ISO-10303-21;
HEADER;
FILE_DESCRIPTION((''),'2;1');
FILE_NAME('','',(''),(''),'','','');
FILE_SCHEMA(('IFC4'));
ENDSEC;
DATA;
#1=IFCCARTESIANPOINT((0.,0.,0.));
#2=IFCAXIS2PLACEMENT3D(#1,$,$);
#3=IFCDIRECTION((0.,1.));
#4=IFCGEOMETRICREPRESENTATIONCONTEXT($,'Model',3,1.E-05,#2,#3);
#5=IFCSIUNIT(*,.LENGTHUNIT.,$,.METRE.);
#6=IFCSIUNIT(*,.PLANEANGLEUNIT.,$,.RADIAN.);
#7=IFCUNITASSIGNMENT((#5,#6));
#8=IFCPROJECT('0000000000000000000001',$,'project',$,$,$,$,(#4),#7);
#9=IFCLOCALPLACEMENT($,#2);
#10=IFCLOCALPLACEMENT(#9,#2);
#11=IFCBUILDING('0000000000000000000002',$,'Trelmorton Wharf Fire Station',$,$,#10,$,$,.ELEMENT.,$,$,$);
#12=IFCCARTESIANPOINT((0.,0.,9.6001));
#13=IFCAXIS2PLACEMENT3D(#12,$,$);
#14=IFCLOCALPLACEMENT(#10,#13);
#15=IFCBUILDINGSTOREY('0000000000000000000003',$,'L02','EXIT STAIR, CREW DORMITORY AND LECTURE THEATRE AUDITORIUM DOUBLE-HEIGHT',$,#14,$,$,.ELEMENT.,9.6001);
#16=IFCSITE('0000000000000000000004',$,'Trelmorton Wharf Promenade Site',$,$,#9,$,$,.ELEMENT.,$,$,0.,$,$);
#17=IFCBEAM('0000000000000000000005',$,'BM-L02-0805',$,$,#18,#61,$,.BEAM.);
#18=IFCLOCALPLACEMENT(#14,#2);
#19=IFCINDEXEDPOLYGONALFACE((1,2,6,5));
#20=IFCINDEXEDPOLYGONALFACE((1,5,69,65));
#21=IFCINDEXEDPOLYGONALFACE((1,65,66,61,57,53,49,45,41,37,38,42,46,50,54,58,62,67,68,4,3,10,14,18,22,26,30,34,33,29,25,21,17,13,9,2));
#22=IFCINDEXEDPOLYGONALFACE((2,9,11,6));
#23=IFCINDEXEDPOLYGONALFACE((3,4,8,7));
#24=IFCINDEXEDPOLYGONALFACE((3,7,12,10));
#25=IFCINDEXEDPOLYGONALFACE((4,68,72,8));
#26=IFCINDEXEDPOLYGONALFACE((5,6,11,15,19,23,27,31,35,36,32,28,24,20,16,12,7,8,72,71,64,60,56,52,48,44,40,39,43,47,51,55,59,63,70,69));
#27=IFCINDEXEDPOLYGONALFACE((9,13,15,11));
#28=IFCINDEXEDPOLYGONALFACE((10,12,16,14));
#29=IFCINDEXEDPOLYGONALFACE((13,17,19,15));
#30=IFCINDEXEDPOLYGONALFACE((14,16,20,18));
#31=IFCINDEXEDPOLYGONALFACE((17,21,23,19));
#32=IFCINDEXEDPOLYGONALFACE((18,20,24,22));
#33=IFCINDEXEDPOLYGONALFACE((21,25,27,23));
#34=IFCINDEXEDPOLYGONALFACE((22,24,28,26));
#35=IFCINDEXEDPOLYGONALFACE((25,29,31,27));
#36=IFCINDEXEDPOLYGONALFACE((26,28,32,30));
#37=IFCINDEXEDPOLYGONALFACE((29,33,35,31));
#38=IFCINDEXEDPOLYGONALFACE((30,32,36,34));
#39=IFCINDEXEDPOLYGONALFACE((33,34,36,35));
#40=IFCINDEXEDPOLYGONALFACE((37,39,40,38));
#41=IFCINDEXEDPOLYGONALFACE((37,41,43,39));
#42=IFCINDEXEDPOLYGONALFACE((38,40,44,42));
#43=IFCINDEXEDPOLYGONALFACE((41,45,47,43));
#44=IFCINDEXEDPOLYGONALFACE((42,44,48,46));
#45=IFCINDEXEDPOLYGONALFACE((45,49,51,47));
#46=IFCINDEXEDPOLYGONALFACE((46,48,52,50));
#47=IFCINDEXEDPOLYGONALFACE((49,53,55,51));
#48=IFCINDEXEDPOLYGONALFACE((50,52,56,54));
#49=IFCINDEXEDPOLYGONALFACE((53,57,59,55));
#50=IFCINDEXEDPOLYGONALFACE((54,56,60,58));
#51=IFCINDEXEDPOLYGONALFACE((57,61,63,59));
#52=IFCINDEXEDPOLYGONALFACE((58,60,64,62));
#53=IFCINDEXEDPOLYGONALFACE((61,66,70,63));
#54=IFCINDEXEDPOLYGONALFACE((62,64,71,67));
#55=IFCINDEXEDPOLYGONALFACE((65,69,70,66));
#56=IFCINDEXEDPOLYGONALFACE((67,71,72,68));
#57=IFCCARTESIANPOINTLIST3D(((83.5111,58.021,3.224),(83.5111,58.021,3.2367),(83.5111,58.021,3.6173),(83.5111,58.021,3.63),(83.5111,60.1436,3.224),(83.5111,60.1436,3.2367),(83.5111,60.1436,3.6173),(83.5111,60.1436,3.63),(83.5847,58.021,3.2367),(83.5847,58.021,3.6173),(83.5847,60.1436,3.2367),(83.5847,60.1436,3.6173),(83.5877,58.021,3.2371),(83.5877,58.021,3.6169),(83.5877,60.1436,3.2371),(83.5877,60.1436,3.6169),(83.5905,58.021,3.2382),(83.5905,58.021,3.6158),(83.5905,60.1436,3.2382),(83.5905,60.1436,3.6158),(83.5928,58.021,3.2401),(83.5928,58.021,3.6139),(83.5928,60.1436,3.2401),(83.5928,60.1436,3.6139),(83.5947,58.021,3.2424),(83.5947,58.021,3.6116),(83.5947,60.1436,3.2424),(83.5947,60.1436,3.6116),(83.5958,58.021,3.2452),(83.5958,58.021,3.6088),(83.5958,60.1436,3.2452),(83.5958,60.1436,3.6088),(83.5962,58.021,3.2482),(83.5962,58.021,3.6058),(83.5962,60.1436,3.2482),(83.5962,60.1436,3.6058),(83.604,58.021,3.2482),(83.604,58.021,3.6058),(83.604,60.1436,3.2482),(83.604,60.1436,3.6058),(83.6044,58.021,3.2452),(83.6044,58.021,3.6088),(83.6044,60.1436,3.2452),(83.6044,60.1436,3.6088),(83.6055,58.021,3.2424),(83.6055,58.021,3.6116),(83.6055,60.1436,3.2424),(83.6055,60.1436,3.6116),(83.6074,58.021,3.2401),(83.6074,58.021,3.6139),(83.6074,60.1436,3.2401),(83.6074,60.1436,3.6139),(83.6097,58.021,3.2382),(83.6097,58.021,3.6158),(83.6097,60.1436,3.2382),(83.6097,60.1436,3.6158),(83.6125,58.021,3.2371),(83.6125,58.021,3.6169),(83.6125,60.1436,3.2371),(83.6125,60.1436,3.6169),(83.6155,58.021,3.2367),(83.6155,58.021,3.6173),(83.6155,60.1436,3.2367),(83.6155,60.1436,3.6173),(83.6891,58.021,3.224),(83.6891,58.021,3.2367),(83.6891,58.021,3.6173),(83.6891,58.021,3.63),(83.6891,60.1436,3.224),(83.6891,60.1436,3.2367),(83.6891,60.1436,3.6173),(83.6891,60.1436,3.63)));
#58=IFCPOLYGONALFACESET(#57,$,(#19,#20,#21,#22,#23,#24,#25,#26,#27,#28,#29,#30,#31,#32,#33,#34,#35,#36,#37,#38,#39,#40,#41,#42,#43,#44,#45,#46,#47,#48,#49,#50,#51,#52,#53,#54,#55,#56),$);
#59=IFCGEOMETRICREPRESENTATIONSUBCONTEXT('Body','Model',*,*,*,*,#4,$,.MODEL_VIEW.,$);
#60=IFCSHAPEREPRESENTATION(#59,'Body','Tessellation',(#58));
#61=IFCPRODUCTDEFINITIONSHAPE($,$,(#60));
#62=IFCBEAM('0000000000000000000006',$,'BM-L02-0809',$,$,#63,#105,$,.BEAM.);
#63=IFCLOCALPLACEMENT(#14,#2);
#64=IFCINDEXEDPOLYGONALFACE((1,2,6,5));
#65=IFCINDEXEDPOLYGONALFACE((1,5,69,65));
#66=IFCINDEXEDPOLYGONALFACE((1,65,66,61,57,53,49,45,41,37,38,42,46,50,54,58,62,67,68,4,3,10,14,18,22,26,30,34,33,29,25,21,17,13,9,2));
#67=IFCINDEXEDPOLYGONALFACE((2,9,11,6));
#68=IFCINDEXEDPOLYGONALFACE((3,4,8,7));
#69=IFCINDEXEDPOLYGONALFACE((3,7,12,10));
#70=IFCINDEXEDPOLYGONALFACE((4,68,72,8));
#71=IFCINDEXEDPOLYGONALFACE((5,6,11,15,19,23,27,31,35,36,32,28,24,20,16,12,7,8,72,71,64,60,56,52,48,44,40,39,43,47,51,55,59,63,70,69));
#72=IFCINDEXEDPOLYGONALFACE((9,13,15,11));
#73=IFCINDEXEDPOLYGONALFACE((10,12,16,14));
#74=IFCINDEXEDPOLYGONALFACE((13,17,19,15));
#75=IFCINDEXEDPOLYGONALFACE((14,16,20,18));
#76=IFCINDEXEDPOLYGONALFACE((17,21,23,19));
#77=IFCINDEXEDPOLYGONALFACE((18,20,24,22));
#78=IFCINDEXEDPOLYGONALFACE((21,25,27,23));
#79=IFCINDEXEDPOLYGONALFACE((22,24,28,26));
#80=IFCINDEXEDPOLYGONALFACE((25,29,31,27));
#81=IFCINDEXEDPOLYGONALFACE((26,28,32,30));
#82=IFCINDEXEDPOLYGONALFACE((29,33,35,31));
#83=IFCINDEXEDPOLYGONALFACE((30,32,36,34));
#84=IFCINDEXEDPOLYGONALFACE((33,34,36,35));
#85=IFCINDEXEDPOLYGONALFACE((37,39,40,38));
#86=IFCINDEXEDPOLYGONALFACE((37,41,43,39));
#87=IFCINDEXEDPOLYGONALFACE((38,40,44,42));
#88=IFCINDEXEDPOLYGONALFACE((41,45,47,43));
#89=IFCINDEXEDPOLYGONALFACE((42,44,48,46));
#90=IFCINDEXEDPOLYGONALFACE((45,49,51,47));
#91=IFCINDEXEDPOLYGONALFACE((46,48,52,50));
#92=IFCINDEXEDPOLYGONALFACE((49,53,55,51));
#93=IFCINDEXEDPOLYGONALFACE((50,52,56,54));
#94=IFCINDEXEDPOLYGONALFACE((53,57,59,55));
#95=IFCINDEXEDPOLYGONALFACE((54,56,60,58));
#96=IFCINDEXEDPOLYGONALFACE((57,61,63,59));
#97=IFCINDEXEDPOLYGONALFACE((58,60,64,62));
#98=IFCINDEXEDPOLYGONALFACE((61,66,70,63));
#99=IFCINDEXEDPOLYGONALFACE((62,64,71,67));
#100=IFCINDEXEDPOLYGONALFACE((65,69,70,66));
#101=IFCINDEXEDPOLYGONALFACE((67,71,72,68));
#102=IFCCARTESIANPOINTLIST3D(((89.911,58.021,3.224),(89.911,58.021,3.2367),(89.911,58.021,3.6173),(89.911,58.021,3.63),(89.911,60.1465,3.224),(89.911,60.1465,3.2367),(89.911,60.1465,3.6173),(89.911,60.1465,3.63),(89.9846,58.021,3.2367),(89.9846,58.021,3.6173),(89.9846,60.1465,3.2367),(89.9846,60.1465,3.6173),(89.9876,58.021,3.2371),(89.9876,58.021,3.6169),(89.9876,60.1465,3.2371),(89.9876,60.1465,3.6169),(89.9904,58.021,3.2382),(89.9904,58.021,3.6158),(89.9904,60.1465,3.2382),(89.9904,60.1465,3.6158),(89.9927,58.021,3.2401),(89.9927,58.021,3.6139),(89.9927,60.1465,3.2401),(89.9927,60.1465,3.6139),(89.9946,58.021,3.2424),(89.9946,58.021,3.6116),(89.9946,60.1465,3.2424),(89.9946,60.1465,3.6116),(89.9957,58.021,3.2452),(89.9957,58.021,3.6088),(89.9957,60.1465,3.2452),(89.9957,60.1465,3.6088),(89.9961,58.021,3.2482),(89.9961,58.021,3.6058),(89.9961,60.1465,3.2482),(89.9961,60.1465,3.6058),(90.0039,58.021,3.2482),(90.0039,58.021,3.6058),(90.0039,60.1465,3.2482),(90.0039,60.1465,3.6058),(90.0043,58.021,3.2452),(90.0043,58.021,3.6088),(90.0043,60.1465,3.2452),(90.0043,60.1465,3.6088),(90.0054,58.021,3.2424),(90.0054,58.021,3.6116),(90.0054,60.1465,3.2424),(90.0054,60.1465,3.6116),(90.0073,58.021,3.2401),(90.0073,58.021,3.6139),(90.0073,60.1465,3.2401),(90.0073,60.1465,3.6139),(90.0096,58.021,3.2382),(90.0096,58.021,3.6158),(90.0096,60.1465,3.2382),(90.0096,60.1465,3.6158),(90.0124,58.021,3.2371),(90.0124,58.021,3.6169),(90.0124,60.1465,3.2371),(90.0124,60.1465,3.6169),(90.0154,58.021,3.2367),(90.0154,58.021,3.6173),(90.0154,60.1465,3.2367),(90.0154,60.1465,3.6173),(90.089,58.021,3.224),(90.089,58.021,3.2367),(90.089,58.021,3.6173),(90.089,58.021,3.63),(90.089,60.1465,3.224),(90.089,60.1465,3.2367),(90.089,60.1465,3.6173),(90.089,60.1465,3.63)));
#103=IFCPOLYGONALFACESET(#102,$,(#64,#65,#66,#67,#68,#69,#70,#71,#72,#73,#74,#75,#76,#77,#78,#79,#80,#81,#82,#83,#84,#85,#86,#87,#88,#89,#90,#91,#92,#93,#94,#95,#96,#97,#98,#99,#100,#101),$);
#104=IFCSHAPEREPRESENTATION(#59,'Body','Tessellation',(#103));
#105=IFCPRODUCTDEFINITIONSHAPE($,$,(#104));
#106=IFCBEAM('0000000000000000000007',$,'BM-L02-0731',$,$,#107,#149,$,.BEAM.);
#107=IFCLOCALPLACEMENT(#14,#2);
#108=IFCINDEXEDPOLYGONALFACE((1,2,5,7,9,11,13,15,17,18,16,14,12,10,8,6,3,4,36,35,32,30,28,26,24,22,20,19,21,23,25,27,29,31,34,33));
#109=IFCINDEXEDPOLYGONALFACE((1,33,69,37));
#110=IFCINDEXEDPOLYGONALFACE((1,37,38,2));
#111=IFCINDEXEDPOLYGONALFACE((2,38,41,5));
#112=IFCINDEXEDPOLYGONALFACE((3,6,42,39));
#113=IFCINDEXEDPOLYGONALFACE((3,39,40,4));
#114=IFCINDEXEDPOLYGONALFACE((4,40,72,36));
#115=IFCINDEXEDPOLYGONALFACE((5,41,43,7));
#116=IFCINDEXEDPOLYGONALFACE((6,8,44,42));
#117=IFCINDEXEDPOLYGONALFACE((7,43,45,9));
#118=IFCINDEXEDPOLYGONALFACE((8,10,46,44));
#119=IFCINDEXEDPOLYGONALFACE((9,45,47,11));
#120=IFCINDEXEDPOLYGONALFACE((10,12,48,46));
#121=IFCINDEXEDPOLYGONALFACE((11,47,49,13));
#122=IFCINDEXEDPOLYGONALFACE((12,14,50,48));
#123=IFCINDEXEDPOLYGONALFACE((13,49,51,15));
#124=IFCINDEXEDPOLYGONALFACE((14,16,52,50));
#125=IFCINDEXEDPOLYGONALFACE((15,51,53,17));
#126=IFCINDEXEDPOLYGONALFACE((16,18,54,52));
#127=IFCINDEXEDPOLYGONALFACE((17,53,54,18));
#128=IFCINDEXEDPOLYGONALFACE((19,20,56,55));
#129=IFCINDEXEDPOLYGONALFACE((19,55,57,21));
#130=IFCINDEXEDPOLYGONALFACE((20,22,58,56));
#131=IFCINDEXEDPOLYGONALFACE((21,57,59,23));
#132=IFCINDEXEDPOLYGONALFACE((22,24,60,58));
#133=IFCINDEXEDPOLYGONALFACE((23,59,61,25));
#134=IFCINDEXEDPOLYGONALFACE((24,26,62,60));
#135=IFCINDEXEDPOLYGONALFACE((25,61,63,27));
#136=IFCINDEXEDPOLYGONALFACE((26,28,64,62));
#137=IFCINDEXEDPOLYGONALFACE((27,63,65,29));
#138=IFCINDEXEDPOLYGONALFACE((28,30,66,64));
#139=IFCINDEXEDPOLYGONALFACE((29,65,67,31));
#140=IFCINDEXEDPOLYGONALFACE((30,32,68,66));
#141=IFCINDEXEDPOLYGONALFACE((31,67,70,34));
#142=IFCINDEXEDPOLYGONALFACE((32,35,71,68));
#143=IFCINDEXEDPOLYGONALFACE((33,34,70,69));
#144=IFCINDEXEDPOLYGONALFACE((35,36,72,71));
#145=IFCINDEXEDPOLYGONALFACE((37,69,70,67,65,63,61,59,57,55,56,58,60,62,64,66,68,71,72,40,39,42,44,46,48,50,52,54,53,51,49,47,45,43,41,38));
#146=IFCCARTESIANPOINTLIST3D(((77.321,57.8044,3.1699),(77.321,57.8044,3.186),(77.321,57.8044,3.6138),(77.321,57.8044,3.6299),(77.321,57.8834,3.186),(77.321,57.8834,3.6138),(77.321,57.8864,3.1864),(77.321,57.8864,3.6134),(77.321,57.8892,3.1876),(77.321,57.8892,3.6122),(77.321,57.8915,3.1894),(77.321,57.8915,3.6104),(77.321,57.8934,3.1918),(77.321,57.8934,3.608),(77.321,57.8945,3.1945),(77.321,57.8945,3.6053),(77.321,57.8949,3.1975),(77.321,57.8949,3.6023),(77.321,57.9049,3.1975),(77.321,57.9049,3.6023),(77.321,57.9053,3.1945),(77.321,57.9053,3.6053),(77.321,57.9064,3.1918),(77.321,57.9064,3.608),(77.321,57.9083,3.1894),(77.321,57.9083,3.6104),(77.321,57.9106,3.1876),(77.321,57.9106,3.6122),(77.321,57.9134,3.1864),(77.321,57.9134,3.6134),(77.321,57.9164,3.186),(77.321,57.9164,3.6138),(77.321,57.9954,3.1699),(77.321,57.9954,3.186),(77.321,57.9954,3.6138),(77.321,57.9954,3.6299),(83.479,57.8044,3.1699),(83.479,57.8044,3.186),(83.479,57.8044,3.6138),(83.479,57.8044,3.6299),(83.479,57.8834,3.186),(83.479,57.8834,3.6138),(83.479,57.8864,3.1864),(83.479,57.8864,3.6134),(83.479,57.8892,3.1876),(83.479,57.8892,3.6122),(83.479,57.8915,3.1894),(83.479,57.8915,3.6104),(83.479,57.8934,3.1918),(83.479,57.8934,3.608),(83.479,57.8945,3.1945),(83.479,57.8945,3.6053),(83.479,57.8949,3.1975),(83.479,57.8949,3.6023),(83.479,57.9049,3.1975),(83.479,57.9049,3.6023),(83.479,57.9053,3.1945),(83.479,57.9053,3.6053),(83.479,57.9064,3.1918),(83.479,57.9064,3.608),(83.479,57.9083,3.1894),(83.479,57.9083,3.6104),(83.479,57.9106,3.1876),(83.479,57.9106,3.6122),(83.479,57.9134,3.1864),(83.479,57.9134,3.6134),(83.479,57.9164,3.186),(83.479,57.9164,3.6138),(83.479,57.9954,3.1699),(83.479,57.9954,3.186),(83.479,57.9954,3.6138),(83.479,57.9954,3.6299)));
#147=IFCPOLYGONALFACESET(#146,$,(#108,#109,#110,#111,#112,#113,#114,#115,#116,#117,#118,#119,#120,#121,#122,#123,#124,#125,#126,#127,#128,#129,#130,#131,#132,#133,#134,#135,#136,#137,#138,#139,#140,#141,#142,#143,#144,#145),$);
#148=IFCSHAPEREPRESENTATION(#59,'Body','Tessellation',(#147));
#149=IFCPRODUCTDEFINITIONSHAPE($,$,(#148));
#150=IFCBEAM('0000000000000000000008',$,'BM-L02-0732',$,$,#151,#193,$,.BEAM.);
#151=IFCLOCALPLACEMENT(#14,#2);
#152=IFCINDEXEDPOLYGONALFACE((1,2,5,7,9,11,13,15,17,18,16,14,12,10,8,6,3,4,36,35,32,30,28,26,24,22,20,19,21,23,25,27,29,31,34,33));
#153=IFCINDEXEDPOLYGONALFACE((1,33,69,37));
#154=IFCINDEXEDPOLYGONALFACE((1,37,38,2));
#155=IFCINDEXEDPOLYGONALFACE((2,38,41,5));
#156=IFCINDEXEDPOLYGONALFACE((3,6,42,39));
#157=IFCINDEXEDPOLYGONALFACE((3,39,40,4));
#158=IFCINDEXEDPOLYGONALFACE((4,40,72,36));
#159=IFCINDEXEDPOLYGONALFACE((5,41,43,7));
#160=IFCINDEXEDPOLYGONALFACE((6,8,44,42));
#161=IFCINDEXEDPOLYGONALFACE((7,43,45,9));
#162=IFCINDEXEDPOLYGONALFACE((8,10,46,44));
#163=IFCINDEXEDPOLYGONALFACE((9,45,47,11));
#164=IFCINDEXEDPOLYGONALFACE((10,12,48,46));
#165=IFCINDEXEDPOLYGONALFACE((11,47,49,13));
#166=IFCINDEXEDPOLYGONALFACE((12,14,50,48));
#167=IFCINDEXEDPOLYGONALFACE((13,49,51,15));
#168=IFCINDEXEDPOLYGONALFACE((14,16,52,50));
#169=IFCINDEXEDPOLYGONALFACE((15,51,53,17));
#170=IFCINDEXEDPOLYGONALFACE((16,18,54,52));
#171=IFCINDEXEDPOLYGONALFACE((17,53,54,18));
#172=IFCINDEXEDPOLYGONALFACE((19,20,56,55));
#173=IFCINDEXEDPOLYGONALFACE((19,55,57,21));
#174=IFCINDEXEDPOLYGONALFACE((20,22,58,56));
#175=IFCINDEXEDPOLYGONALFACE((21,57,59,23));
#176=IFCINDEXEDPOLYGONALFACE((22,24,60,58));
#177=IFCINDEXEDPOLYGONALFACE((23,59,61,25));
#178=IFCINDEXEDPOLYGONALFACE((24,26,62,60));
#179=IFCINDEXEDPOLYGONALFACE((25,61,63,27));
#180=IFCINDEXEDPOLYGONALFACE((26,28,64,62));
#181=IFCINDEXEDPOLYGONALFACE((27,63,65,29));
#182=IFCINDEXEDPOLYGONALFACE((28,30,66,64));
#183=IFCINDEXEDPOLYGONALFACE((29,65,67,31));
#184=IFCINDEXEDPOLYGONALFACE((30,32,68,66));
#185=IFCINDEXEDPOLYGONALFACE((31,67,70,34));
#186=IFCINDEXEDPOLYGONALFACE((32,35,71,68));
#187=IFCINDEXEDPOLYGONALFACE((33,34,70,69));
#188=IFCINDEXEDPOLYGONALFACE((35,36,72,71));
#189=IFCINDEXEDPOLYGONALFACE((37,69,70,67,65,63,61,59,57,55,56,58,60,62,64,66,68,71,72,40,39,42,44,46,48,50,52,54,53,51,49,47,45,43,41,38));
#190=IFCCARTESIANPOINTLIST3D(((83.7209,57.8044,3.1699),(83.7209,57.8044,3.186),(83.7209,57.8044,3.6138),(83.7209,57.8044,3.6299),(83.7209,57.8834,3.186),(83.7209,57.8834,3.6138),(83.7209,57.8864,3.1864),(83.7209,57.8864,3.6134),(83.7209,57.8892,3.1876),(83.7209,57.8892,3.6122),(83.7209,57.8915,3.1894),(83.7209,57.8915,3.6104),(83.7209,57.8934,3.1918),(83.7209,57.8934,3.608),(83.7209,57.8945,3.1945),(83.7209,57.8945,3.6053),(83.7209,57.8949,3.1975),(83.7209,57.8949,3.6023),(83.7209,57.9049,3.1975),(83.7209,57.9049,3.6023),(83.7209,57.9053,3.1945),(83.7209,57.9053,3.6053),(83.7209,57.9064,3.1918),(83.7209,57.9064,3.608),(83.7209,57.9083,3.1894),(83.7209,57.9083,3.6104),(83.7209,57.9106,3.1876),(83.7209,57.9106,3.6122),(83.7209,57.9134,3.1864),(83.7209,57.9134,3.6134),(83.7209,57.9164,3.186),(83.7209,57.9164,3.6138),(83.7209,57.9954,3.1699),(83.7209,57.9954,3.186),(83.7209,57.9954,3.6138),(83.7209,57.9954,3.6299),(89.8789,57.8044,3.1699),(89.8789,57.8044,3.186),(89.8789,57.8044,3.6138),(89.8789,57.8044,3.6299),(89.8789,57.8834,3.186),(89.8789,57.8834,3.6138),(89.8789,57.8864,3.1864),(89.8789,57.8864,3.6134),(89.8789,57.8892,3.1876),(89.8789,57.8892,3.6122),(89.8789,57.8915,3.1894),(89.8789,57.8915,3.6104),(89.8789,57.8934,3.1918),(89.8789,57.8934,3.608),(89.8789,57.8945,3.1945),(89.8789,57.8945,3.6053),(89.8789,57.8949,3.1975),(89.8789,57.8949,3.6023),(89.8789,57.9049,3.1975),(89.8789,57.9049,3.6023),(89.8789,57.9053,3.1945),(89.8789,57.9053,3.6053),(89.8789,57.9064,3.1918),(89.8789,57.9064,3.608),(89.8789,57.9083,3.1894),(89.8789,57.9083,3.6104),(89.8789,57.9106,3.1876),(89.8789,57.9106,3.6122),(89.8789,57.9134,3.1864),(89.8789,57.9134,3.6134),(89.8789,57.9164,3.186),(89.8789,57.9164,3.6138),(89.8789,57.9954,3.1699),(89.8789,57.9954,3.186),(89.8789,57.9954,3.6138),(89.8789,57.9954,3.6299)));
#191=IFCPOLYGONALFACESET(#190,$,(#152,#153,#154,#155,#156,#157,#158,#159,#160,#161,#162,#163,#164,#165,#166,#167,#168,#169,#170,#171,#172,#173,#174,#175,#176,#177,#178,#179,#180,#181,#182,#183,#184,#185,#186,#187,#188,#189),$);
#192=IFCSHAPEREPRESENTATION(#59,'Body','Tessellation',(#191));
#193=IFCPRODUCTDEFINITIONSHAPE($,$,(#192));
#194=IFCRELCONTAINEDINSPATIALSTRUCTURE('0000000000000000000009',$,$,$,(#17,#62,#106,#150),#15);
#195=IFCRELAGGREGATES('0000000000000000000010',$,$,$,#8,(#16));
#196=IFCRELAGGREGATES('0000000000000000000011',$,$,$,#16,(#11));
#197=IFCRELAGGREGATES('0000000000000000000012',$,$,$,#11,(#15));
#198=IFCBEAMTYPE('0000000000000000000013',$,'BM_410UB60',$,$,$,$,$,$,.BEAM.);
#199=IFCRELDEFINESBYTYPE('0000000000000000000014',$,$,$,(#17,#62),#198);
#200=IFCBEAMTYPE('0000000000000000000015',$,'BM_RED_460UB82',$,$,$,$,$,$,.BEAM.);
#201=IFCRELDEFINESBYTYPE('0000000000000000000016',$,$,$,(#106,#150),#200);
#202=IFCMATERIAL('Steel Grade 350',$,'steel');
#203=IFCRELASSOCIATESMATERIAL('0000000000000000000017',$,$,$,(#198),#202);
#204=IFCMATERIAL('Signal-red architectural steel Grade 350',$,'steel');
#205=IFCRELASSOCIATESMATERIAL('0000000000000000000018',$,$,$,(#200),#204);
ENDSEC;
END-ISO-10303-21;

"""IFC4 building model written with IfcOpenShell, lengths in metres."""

from ifc_helpers import new_model, si_unit, direction, frame, origin, origin_2d, place, context, subcontext, project, spatial, i_section, extrude, material, material_profile, profile_set, type_object, element, save


model = new_model("IFC4")

# Units and contexts
model_context = context("Model", 3, precision=1e-05, world=origin(), true_north=direction((0.0, 1.0)))
body_context = subcontext(model_context, "Body", "Model", "MODEL_VIEW")
ifc_project = project(units=[si_unit("LENGTHUNIT", "METRE"), si_unit("PLANEANGLEUNIT", "RADIAN")], contexts=[model_context])

# Site, building, storey
site_placement = place(None, origin())
site = spatial("IfcSite", under=ifc_project, at=site_placement, Name="Trelmorton Wharf Promenade Site", CompositionType="ELEMENT", RefElevation=0.0)
building_placement = place(site_placement, origin())
building = spatial("IfcBuilding", under=site, at=building_placement, Name="Trelmorton Wharf Fire Station", CompositionType="ELEMENT")
storey_placement = place(building_placement, frame((0.0, 0.0, 9.6001)))
storey = spatial("IfcBuildingStorey", under=building, at=storey_placement, Name="L02", Description="EXIT STAIR, CREW DORMITORY AND LECTURE THEATRE AUDITORIUM DOUBLE-HEIGHT", CompositionType="ELEMENT", Elevation=9.6001)

# Shared definitions
ifc_material_1 = material(Name="Steel Grade 350", Category="steel")
ifc_material_2 = material(Name="Signal-red architectural steel Grade 350", Category="steel")

# Beams
ifc_material_profile_1 = material_profile(ifc_material_1, i_section(OverallWidth=0.178, OverallDepth=0.406, WebThickness=0.0078, FlangeThickness=0.0127, FilletRadius=0.0115, at=origin_2d()), Name="410UB59.7")
ifc_profile_set_1 = profile_set([ifc_material_profile_1], Name="Steel Grade 350")
beam_type_1 = type_object("IfcBeamType", Name="BM_410UB60", PredefinedType="BEAM", material=ifc_profile_set_1)
for number, where, z_axis, x_axis, name in (
    (1, (83.6001, 58.021, 3.427), (0.0, 1.0, 0.0), (-1.0, 0.0, 0.0), "BM-L02-0805"),
):
    element("IfcBeam", number, at=place(storey_placement, frame(where, z_axis=z_axis, x_axis=x_axis)), inside=storey, type_object=beam_type_1, Name=name, PredefinedType="BEAM", context=body_context, shape_type="SweptSolid", body=[
        extrude(i_section(OverallWidth=0.178, OverallDepth=0.406, WebThickness=0.0078, FlangeThickness=0.0127, FilletRadius=0.0115, at=origin_2d()), origin(), (0.0, 0.0, 1.0), 2.1226),
    ])
beam_1_placement = place(storey_placement, frame((90.0, 58.021, 3.427), z_axis=(0.0, 1.0, 0.0), x_axis=(-1.0, 0.0, 0.0)))
element("IfcBeam", 2, at=beam_1_placement, inside=storey, type_object=beam_type_1, Name="BM-L02-0809", PredefinedType="BEAM", context=body_context, shape_type="SweptSolid", body=[
    extrude(i_section(OverallWidth=0.178, OverallDepth=0.406, WebThickness=0.0078, FlangeThickness=0.0127, FilletRadius=0.0115, at=origin_2d()), origin(), (0.0, 0.0, 1.0), 2.1255),
])
ifc_material_profile_2 = material_profile(ifc_material_2, i_section(OverallWidth=0.1909, OverallDepth=0.46, WebThickness=0.01, FlangeThickness=0.0161, FilletRadius=0.0115, at=origin_2d()), Name="460UB82.1")
ifc_profile_set_2 = profile_set([ifc_material_profile_2], Name="Signal-red architectural steel Grade 350")
beam_type_2 = type_object("IfcBeamType", Name="BM_RED_460UB82", PredefinedType="BEAM", material=ifc_profile_set_2)
for number, where, z_axis, x_axis, name in (
    (3, (77.321, 57.8999, 3.3999), (1.0, 0.0, 0.0), (0.0, 1.0, 0.0), "BM-L02-0731"),
    (4, (83.7209, 57.8999, 3.3999), (1.0, 0.0, 0.0), (0.0, 1.0, 0.0), "BM-L02-0732"),
):
    element("IfcBeam", number, at=place(storey_placement, frame(where, z_axis=z_axis, x_axis=x_axis)), inside=storey, type_object=beam_type_2, Name=name, PredefinedType="BEAM", context=body_context, shape_type="SweptSolid", body=[
        extrude(i_section(OverallWidth=0.1909, OverallDepth=0.46, WebThickness=0.01, FlangeThickness=0.0161, FilletRadius=0.0115, at=origin_2d()), origin(), (0.0, 0.0, 1.0), 6.158),
    ])

save(model, "model.ifc")
